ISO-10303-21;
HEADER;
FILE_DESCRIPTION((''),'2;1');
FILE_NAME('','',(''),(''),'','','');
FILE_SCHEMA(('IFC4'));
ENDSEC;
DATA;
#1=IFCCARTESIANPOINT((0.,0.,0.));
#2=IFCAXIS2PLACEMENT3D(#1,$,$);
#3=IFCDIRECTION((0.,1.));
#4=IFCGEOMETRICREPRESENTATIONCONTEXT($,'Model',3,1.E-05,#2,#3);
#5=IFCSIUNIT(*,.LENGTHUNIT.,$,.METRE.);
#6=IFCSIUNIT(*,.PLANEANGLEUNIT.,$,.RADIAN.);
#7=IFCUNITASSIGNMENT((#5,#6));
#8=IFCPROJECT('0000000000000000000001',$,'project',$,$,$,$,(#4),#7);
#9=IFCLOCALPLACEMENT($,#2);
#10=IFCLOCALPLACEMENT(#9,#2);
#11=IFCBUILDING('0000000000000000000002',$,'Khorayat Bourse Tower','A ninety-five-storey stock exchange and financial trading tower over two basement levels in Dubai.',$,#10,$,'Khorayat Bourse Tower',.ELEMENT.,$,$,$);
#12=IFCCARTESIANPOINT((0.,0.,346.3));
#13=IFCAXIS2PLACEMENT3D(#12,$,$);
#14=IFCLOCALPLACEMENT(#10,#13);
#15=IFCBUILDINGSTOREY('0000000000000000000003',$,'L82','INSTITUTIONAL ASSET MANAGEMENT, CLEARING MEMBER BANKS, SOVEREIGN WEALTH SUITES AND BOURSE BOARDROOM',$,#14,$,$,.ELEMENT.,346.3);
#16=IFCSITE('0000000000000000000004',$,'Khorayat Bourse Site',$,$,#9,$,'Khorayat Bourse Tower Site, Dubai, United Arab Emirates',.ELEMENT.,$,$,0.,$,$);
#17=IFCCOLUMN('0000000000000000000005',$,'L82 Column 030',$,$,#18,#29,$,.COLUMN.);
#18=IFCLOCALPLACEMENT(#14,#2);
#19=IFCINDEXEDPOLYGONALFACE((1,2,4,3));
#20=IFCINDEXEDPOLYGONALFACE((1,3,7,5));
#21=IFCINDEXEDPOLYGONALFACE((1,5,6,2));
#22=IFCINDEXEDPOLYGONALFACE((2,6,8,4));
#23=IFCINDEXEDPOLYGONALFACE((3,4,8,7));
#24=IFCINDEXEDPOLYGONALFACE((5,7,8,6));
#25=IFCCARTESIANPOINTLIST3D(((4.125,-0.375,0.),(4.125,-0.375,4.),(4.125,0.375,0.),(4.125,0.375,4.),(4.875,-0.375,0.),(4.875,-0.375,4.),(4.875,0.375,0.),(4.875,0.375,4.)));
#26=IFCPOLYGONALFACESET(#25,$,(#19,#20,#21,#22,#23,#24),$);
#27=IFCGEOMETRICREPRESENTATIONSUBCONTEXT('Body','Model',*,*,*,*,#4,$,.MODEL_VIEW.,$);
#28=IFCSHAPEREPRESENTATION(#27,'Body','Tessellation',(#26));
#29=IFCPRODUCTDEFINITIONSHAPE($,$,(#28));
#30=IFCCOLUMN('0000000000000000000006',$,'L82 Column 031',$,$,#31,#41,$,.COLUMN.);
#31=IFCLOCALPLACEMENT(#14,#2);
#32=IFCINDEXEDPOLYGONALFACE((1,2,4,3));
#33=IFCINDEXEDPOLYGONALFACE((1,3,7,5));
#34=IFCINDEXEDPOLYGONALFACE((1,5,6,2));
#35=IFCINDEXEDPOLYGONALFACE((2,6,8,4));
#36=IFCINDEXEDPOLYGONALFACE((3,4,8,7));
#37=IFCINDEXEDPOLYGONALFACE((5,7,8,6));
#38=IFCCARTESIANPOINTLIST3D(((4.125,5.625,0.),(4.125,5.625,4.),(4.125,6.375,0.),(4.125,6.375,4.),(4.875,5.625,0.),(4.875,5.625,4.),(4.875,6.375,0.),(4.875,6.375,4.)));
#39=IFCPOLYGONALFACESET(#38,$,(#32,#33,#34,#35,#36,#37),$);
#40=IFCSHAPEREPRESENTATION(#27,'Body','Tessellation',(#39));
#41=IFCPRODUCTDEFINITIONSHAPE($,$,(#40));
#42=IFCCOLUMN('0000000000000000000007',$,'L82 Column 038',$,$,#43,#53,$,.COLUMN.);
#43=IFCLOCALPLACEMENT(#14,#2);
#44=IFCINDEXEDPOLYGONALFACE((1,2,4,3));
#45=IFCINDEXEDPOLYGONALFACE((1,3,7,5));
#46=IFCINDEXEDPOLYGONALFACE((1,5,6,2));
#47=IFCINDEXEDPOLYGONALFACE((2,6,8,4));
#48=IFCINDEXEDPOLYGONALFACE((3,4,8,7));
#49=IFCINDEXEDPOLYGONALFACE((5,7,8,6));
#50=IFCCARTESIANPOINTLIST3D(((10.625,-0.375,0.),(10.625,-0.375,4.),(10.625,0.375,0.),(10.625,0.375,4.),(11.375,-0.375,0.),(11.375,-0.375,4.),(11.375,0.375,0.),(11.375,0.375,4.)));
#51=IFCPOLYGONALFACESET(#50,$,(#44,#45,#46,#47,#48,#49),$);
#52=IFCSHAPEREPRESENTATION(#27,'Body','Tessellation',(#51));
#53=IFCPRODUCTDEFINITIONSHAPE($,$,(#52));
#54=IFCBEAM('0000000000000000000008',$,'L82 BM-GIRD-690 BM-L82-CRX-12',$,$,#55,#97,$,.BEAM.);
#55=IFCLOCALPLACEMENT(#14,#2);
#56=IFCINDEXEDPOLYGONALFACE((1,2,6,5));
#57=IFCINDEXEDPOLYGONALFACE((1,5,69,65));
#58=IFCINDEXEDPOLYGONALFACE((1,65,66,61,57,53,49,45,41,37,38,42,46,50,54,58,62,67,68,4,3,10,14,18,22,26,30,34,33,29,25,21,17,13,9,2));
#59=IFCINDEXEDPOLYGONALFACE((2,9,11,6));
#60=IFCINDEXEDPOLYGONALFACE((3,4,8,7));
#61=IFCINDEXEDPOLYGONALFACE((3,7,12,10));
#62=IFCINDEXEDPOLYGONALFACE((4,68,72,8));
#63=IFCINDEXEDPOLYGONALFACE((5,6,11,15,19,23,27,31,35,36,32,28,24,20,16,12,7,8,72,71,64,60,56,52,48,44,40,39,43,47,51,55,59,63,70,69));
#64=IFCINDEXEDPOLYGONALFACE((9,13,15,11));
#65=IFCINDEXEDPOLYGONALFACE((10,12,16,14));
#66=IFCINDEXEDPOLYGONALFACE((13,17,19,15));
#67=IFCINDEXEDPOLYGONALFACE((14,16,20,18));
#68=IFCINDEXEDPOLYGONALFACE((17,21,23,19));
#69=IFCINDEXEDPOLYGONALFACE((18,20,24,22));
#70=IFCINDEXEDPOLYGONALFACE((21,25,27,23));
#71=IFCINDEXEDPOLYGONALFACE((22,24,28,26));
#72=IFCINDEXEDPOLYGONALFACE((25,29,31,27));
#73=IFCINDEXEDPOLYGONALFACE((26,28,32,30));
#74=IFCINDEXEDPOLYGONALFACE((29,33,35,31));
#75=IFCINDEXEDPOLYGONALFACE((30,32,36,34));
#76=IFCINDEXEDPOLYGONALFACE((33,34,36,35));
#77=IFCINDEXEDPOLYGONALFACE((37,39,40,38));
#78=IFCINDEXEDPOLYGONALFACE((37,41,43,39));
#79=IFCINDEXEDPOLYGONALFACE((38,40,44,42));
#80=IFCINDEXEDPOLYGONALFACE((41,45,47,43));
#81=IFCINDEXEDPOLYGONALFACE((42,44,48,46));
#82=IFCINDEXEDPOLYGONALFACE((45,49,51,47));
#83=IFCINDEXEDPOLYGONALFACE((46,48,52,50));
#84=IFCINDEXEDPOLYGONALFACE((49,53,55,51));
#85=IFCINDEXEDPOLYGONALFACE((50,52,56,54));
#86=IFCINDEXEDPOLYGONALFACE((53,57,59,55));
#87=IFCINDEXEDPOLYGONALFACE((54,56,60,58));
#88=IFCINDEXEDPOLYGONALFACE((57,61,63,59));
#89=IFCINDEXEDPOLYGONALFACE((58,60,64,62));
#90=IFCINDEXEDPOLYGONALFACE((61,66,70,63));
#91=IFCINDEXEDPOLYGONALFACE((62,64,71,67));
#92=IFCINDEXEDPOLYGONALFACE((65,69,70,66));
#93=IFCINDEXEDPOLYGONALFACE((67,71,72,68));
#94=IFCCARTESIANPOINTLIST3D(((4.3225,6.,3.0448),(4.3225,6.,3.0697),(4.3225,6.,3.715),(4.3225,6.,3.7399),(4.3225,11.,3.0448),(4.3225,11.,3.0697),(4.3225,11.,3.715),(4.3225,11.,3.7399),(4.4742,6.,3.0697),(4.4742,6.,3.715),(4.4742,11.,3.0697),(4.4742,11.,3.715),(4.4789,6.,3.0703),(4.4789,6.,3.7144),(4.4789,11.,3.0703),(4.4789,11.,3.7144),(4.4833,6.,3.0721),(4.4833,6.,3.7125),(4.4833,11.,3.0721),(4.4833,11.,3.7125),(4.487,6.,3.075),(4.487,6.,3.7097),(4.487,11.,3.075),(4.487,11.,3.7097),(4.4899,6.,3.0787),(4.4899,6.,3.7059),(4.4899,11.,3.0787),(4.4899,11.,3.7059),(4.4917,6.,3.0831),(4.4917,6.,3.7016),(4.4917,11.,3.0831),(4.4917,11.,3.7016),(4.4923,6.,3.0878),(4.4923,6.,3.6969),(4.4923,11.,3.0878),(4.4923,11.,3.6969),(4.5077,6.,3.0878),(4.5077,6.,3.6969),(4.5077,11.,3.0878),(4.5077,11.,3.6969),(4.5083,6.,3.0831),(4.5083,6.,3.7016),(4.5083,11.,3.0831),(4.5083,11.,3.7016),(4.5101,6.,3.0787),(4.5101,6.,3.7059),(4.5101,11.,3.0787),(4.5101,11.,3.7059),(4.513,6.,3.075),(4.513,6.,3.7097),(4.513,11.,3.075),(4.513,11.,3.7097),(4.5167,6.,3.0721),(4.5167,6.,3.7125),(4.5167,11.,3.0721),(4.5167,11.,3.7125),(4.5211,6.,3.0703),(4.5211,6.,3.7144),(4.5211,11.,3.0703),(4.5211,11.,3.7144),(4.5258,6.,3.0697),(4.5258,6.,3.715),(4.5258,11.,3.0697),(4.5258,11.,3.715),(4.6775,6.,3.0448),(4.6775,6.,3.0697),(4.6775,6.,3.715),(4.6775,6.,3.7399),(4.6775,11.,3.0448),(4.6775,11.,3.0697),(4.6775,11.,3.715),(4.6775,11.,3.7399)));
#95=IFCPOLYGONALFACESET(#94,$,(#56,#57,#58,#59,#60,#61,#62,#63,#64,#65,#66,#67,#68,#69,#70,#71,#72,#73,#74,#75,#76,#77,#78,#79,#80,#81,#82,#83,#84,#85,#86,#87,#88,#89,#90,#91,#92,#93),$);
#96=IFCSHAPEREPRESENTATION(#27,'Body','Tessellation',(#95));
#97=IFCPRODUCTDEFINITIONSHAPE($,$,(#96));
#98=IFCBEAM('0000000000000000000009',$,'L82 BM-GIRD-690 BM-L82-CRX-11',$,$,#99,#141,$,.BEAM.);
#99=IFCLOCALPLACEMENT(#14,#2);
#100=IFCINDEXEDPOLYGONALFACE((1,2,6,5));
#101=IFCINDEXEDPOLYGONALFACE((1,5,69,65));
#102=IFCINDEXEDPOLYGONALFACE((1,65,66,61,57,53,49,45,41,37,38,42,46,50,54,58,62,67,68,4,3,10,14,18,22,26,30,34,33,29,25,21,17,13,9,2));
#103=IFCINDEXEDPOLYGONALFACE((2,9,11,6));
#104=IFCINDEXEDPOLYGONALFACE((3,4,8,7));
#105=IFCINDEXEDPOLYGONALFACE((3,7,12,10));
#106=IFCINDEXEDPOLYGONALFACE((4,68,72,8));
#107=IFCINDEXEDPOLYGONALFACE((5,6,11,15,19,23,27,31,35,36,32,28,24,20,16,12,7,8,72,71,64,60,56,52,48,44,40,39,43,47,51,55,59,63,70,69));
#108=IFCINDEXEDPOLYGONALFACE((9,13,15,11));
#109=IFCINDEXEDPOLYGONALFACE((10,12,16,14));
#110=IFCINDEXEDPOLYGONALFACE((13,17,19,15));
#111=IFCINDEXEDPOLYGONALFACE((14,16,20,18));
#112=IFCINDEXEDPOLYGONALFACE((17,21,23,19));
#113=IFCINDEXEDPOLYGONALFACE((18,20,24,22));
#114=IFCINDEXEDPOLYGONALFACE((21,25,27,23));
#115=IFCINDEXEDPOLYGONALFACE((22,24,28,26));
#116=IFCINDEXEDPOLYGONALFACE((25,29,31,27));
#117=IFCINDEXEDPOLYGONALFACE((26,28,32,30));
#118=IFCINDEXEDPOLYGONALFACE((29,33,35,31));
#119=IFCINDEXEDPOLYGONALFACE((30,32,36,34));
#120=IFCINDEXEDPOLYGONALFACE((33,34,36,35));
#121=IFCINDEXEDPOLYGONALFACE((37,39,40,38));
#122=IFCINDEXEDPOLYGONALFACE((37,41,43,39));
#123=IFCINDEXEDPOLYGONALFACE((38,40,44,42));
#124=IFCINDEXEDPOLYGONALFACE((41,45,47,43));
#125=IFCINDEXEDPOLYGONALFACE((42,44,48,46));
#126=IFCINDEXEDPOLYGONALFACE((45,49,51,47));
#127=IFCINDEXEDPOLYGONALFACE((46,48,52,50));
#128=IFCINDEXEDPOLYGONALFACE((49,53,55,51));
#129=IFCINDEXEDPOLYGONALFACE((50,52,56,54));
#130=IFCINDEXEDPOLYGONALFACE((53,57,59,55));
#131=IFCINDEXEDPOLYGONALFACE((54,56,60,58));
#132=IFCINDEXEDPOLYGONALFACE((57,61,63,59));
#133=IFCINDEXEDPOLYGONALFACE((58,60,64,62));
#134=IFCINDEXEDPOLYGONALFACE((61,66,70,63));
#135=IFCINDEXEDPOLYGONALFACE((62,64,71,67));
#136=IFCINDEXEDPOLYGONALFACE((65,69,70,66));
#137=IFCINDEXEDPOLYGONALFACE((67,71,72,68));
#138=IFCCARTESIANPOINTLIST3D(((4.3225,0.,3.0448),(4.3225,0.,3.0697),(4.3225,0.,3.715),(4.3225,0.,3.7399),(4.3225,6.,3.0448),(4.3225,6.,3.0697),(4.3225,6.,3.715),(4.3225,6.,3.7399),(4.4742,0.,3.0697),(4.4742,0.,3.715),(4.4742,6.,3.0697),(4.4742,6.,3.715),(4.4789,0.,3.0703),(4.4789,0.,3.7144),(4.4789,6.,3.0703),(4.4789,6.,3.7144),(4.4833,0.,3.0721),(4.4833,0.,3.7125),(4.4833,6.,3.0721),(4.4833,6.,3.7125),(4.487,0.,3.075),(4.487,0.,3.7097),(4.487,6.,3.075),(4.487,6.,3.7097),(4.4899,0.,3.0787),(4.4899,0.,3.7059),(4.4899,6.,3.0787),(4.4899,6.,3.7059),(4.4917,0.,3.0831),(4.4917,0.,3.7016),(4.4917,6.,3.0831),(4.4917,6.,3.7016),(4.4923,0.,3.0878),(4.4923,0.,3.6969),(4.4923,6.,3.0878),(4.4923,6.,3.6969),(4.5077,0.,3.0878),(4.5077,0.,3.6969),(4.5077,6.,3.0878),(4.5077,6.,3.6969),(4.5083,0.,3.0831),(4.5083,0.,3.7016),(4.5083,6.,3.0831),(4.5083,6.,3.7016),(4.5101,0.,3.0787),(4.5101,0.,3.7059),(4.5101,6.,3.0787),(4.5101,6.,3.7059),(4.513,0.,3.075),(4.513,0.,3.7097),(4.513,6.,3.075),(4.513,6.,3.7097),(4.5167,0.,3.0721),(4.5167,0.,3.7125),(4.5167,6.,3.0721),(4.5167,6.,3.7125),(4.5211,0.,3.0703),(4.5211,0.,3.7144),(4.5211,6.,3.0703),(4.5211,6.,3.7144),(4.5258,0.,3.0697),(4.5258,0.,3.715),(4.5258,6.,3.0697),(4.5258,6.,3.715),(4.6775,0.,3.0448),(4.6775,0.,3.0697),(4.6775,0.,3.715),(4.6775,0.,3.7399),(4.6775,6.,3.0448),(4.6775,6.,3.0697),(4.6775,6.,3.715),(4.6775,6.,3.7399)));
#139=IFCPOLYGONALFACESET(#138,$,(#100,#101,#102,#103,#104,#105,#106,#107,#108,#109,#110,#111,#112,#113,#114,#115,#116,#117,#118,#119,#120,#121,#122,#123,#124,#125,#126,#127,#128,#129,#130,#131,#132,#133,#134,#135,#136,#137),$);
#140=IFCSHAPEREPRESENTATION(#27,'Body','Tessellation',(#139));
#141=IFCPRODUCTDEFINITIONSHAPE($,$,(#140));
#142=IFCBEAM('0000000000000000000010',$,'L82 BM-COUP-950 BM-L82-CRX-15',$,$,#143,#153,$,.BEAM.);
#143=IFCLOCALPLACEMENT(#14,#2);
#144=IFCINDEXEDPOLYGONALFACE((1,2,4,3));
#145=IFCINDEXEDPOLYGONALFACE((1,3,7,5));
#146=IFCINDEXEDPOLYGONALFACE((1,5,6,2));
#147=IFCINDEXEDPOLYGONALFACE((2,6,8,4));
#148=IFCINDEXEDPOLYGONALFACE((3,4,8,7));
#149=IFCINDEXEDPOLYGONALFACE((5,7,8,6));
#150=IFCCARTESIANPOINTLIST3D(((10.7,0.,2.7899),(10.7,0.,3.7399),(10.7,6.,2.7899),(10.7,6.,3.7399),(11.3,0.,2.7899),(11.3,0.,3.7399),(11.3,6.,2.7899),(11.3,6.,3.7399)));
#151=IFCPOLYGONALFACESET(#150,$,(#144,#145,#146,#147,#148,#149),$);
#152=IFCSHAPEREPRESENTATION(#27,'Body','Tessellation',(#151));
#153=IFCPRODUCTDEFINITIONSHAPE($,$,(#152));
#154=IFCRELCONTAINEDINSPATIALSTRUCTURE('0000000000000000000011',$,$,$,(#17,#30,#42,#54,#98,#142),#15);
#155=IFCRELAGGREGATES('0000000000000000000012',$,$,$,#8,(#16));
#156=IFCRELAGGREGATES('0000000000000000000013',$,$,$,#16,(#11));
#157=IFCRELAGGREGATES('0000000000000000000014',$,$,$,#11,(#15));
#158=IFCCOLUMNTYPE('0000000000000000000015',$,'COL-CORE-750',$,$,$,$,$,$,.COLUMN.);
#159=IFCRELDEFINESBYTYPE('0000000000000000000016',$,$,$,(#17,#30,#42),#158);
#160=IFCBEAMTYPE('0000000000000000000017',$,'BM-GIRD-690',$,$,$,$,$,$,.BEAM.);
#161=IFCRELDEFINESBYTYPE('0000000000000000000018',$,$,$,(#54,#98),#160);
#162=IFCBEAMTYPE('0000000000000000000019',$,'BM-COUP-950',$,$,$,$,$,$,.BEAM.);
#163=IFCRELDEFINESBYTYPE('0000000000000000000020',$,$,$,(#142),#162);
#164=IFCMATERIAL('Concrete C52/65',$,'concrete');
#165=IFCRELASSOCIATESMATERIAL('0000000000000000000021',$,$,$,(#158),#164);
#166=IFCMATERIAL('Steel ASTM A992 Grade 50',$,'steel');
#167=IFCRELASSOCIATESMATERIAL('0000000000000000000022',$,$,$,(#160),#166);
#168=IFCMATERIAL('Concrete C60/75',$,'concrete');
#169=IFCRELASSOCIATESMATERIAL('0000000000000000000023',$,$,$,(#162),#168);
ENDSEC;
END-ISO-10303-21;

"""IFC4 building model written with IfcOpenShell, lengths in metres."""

from ifc_helpers import new_model, si_unit, direction, frame, origin, origin_2d, place, context, subcontext, project, spatial, rectangle, i_section, extrude, source, transform, mapped, material, material_profile, profile_set, type_object, element, save


model = new_model("IFC4")

# Units and contexts
model_context = context("Model", 3, precision=1e-05, world=origin(), true_north=direction((0.0, 1.0)))
body_context = subcontext(model_context, "Body", "Model", "MODEL_VIEW")
ifc_project = project(units=[si_unit("LENGTHUNIT", "METRE"), si_unit("PLANEANGLEUNIT", "RADIAN")], contexts=[model_context])

# Site, building, storey
site_placement = place(None, origin())
site = spatial("IfcSite", under=ifc_project, at=site_placement, Name="Khorayat Bourse Site", LongName="Khorayat Bourse Tower Site, Dubai, United Arab Emirates", CompositionType="ELEMENT", RefElevation=0.0)
building_placement = place(site_placement, origin())
building = spatial("IfcBuilding", under=site, at=building_placement, Name="Khorayat Bourse Tower", Description="A ninety-five-storey stock exchange and financial trading tower over two basement levels in Dubai.", LongName="Khorayat Bourse Tower", CompositionType="ELEMENT")
storey_placement = place(building_placement, frame((0.0, 0.0, 346.3)))
storey = spatial("IfcBuildingStorey", under=building, at=storey_placement, Name="L82", Description="INSTITUTIONAL ASSET MANAGEMENT, CLEARING MEMBER BANKS, SOVEREIGN WEALTH SUITES AND BOURSE BOARDROOM", CompositionType="ELEMENT", Elevation=346.3)

# Columns
ifc_material_1 = material(Name="Concrete C52/65", Category="concrete")
ifc_material_profile_1 = material_profile(ifc_material_1, rectangle(XDim=0.75, YDim=0.75, at=origin_2d()), Name="RC 750x750")
ifc_profile_set_1 = profile_set([ifc_material_profile_1], Name="Concrete C52/65")
column_type = type_object("IfcColumnType", Name="COL-CORE-750", PredefinedType="COLUMN", material=ifc_profile_set_1)
shared_shape_1 = source(origin(), body_context, "Body", "SweptSolid", [
    extrude(rectangle(XDim=0.75, YDim=0.75, at=origin_2d()), origin(), (0.0, 0.0, 1.0), 4.0),
])
for number, where, z_axis, x_axis, name in (
    (1, (4.5, 0.0, 0.0), (0.0, 0.0, 1.0), (1.0, 0.0, 0.0), "L82 Column 030"),
    (2, (4.5, 6.0, 0.0), (0.0, 0.0, 1.0), (1.0, 0.0, 0.0), "L82 Column 031"),
    (3, (11.0, 0.0, 0.0), (0.0, 0.0, 1.0), (1.0, 0.0, 0.0), "L82 Column 038"),
):
    element("IfcColumn", number, at=place(storey_placement, frame(where, z_axis=z_axis, x_axis=x_axis)), inside=storey, type_object=column_type, Name=name, PredefinedType="COLUMN", context=body_context, shape_type="MappedRepresentation", body=[
        mapped(shared_shape_1, transform((0.0, 0.0, 0.0), scale=1.0)),
    ])

# Beams
ifc_material_2 = material(Name="Steel ASTM A992 Grade 50", Category="steel")
ifc_material_profile_2 = material_profile(ifc_material_2, i_section(OverallWidth=0.355, OverallDepth=0.6951, WebThickness=0.0154, FlangeThickness=0.0249, FilletRadius=0.0181, at=origin_2d()), Name="W690X217")
ifc_profile_set_2 = profile_set([ifc_material_profile_2], Name="Steel ASTM A992 Grade 50")
beam_type_1 = type_object("IfcBeamType", Name="BM-GIRD-690", PredefinedType="BEAM", material=ifc_profile_set_2)
shared_shape_2 = source(origin(), body_context, "Body", "SweptSolid", [
    extrude(i_section(OverallWidth=0.355, OverallDepth=0.6951, WebThickness=0.0154, FlangeThickness=0.0249, FilletRadius=0.0181, at=origin_2d()), origin(), (0.0, 0.0, 1.0), 5.0),
])
beam_1_placement = place(storey_placement, frame((4.5, 6.0, 3.3923), z_axis=(0.0, 1.0, 0.0), x_axis=(-1.0, 0.0, 0.0)))
element("IfcBeam", 4, at=beam_1_placement, inside=storey, type_object=beam_type_1, Name="L82 BM-GIRD-690 BM-L82-CRX-12", PredefinedType="BEAM", context=body_context, shape_type="MappedRepresentation", body=[
    mapped(shared_shape_2, transform((0.0, 0.0, 0.0), scale=1.0)),
])
shared_shape_3 = source(origin(), body_context, "Body", "SweptSolid", [
    extrude(i_section(OverallWidth=0.355, OverallDepth=0.6951, WebThickness=0.0154, FlangeThickness=0.0249, FilletRadius=0.0181, at=origin_2d()), origin(), (0.0, 0.0, 1.0), 6.0),
])
beam_2_placement = place(storey_placement, frame((4.5, 0.0, 3.3923), z_axis=(0.0, 1.0, 0.0), x_axis=(-1.0, 0.0, 0.0)))
element("IfcBeam", 5, at=beam_2_placement, inside=storey, type_object=beam_type_1, Name="L82 BM-GIRD-690 BM-L82-CRX-11", PredefinedType="BEAM", context=body_context, shape_type="MappedRepresentation", body=[
    mapped(shared_shape_3, transform((0.0, 0.0, 0.0), scale=1.0)),
])
ifc_material_3 = material(Name="Concrete C60/75", Category="concrete")
ifc_material_profile_3 = material_profile(ifc_material_3, rectangle(XDim=0.6001, YDim=0.95, at=origin_2d()), Name="RC 600x950")
ifc_profile_set_3 = profile_set([ifc_material_profile_3], Name="Concrete C60/75")
beam_type_2 = type_object("IfcBeamType", Name="BM-COUP-950", PredefinedType="BEAM", material=ifc_profile_set_3)
shared_shape_4 = source(origin(), body_context, "Body", "SweptSolid", [
    extrude(rectangle(XDim=0.6001, YDim=0.95, at=origin_2d()), origin(), (0.0, 0.0, 1.0), 6.0),
])
beam_3_placement = place(storey_placement, frame((11.0, 0.0, 3.2649), z_axis=(0.0, 1.0, 0.0), x_axis=(-1.0, 0.0, 0.0)))
element("IfcBeam", 6, at=beam_3_placement, inside=storey, type_object=beam_type_2, Name="L82 BM-COUP-950 BM-L82-CRX-15", PredefinedType="BEAM", context=body_context, shape_type="MappedRepresentation", body=[
    mapped(shared_shape_4, transform((0.0, 0.0, 0.0), scale=1.0)),
])

save(model, "model.ifc")
